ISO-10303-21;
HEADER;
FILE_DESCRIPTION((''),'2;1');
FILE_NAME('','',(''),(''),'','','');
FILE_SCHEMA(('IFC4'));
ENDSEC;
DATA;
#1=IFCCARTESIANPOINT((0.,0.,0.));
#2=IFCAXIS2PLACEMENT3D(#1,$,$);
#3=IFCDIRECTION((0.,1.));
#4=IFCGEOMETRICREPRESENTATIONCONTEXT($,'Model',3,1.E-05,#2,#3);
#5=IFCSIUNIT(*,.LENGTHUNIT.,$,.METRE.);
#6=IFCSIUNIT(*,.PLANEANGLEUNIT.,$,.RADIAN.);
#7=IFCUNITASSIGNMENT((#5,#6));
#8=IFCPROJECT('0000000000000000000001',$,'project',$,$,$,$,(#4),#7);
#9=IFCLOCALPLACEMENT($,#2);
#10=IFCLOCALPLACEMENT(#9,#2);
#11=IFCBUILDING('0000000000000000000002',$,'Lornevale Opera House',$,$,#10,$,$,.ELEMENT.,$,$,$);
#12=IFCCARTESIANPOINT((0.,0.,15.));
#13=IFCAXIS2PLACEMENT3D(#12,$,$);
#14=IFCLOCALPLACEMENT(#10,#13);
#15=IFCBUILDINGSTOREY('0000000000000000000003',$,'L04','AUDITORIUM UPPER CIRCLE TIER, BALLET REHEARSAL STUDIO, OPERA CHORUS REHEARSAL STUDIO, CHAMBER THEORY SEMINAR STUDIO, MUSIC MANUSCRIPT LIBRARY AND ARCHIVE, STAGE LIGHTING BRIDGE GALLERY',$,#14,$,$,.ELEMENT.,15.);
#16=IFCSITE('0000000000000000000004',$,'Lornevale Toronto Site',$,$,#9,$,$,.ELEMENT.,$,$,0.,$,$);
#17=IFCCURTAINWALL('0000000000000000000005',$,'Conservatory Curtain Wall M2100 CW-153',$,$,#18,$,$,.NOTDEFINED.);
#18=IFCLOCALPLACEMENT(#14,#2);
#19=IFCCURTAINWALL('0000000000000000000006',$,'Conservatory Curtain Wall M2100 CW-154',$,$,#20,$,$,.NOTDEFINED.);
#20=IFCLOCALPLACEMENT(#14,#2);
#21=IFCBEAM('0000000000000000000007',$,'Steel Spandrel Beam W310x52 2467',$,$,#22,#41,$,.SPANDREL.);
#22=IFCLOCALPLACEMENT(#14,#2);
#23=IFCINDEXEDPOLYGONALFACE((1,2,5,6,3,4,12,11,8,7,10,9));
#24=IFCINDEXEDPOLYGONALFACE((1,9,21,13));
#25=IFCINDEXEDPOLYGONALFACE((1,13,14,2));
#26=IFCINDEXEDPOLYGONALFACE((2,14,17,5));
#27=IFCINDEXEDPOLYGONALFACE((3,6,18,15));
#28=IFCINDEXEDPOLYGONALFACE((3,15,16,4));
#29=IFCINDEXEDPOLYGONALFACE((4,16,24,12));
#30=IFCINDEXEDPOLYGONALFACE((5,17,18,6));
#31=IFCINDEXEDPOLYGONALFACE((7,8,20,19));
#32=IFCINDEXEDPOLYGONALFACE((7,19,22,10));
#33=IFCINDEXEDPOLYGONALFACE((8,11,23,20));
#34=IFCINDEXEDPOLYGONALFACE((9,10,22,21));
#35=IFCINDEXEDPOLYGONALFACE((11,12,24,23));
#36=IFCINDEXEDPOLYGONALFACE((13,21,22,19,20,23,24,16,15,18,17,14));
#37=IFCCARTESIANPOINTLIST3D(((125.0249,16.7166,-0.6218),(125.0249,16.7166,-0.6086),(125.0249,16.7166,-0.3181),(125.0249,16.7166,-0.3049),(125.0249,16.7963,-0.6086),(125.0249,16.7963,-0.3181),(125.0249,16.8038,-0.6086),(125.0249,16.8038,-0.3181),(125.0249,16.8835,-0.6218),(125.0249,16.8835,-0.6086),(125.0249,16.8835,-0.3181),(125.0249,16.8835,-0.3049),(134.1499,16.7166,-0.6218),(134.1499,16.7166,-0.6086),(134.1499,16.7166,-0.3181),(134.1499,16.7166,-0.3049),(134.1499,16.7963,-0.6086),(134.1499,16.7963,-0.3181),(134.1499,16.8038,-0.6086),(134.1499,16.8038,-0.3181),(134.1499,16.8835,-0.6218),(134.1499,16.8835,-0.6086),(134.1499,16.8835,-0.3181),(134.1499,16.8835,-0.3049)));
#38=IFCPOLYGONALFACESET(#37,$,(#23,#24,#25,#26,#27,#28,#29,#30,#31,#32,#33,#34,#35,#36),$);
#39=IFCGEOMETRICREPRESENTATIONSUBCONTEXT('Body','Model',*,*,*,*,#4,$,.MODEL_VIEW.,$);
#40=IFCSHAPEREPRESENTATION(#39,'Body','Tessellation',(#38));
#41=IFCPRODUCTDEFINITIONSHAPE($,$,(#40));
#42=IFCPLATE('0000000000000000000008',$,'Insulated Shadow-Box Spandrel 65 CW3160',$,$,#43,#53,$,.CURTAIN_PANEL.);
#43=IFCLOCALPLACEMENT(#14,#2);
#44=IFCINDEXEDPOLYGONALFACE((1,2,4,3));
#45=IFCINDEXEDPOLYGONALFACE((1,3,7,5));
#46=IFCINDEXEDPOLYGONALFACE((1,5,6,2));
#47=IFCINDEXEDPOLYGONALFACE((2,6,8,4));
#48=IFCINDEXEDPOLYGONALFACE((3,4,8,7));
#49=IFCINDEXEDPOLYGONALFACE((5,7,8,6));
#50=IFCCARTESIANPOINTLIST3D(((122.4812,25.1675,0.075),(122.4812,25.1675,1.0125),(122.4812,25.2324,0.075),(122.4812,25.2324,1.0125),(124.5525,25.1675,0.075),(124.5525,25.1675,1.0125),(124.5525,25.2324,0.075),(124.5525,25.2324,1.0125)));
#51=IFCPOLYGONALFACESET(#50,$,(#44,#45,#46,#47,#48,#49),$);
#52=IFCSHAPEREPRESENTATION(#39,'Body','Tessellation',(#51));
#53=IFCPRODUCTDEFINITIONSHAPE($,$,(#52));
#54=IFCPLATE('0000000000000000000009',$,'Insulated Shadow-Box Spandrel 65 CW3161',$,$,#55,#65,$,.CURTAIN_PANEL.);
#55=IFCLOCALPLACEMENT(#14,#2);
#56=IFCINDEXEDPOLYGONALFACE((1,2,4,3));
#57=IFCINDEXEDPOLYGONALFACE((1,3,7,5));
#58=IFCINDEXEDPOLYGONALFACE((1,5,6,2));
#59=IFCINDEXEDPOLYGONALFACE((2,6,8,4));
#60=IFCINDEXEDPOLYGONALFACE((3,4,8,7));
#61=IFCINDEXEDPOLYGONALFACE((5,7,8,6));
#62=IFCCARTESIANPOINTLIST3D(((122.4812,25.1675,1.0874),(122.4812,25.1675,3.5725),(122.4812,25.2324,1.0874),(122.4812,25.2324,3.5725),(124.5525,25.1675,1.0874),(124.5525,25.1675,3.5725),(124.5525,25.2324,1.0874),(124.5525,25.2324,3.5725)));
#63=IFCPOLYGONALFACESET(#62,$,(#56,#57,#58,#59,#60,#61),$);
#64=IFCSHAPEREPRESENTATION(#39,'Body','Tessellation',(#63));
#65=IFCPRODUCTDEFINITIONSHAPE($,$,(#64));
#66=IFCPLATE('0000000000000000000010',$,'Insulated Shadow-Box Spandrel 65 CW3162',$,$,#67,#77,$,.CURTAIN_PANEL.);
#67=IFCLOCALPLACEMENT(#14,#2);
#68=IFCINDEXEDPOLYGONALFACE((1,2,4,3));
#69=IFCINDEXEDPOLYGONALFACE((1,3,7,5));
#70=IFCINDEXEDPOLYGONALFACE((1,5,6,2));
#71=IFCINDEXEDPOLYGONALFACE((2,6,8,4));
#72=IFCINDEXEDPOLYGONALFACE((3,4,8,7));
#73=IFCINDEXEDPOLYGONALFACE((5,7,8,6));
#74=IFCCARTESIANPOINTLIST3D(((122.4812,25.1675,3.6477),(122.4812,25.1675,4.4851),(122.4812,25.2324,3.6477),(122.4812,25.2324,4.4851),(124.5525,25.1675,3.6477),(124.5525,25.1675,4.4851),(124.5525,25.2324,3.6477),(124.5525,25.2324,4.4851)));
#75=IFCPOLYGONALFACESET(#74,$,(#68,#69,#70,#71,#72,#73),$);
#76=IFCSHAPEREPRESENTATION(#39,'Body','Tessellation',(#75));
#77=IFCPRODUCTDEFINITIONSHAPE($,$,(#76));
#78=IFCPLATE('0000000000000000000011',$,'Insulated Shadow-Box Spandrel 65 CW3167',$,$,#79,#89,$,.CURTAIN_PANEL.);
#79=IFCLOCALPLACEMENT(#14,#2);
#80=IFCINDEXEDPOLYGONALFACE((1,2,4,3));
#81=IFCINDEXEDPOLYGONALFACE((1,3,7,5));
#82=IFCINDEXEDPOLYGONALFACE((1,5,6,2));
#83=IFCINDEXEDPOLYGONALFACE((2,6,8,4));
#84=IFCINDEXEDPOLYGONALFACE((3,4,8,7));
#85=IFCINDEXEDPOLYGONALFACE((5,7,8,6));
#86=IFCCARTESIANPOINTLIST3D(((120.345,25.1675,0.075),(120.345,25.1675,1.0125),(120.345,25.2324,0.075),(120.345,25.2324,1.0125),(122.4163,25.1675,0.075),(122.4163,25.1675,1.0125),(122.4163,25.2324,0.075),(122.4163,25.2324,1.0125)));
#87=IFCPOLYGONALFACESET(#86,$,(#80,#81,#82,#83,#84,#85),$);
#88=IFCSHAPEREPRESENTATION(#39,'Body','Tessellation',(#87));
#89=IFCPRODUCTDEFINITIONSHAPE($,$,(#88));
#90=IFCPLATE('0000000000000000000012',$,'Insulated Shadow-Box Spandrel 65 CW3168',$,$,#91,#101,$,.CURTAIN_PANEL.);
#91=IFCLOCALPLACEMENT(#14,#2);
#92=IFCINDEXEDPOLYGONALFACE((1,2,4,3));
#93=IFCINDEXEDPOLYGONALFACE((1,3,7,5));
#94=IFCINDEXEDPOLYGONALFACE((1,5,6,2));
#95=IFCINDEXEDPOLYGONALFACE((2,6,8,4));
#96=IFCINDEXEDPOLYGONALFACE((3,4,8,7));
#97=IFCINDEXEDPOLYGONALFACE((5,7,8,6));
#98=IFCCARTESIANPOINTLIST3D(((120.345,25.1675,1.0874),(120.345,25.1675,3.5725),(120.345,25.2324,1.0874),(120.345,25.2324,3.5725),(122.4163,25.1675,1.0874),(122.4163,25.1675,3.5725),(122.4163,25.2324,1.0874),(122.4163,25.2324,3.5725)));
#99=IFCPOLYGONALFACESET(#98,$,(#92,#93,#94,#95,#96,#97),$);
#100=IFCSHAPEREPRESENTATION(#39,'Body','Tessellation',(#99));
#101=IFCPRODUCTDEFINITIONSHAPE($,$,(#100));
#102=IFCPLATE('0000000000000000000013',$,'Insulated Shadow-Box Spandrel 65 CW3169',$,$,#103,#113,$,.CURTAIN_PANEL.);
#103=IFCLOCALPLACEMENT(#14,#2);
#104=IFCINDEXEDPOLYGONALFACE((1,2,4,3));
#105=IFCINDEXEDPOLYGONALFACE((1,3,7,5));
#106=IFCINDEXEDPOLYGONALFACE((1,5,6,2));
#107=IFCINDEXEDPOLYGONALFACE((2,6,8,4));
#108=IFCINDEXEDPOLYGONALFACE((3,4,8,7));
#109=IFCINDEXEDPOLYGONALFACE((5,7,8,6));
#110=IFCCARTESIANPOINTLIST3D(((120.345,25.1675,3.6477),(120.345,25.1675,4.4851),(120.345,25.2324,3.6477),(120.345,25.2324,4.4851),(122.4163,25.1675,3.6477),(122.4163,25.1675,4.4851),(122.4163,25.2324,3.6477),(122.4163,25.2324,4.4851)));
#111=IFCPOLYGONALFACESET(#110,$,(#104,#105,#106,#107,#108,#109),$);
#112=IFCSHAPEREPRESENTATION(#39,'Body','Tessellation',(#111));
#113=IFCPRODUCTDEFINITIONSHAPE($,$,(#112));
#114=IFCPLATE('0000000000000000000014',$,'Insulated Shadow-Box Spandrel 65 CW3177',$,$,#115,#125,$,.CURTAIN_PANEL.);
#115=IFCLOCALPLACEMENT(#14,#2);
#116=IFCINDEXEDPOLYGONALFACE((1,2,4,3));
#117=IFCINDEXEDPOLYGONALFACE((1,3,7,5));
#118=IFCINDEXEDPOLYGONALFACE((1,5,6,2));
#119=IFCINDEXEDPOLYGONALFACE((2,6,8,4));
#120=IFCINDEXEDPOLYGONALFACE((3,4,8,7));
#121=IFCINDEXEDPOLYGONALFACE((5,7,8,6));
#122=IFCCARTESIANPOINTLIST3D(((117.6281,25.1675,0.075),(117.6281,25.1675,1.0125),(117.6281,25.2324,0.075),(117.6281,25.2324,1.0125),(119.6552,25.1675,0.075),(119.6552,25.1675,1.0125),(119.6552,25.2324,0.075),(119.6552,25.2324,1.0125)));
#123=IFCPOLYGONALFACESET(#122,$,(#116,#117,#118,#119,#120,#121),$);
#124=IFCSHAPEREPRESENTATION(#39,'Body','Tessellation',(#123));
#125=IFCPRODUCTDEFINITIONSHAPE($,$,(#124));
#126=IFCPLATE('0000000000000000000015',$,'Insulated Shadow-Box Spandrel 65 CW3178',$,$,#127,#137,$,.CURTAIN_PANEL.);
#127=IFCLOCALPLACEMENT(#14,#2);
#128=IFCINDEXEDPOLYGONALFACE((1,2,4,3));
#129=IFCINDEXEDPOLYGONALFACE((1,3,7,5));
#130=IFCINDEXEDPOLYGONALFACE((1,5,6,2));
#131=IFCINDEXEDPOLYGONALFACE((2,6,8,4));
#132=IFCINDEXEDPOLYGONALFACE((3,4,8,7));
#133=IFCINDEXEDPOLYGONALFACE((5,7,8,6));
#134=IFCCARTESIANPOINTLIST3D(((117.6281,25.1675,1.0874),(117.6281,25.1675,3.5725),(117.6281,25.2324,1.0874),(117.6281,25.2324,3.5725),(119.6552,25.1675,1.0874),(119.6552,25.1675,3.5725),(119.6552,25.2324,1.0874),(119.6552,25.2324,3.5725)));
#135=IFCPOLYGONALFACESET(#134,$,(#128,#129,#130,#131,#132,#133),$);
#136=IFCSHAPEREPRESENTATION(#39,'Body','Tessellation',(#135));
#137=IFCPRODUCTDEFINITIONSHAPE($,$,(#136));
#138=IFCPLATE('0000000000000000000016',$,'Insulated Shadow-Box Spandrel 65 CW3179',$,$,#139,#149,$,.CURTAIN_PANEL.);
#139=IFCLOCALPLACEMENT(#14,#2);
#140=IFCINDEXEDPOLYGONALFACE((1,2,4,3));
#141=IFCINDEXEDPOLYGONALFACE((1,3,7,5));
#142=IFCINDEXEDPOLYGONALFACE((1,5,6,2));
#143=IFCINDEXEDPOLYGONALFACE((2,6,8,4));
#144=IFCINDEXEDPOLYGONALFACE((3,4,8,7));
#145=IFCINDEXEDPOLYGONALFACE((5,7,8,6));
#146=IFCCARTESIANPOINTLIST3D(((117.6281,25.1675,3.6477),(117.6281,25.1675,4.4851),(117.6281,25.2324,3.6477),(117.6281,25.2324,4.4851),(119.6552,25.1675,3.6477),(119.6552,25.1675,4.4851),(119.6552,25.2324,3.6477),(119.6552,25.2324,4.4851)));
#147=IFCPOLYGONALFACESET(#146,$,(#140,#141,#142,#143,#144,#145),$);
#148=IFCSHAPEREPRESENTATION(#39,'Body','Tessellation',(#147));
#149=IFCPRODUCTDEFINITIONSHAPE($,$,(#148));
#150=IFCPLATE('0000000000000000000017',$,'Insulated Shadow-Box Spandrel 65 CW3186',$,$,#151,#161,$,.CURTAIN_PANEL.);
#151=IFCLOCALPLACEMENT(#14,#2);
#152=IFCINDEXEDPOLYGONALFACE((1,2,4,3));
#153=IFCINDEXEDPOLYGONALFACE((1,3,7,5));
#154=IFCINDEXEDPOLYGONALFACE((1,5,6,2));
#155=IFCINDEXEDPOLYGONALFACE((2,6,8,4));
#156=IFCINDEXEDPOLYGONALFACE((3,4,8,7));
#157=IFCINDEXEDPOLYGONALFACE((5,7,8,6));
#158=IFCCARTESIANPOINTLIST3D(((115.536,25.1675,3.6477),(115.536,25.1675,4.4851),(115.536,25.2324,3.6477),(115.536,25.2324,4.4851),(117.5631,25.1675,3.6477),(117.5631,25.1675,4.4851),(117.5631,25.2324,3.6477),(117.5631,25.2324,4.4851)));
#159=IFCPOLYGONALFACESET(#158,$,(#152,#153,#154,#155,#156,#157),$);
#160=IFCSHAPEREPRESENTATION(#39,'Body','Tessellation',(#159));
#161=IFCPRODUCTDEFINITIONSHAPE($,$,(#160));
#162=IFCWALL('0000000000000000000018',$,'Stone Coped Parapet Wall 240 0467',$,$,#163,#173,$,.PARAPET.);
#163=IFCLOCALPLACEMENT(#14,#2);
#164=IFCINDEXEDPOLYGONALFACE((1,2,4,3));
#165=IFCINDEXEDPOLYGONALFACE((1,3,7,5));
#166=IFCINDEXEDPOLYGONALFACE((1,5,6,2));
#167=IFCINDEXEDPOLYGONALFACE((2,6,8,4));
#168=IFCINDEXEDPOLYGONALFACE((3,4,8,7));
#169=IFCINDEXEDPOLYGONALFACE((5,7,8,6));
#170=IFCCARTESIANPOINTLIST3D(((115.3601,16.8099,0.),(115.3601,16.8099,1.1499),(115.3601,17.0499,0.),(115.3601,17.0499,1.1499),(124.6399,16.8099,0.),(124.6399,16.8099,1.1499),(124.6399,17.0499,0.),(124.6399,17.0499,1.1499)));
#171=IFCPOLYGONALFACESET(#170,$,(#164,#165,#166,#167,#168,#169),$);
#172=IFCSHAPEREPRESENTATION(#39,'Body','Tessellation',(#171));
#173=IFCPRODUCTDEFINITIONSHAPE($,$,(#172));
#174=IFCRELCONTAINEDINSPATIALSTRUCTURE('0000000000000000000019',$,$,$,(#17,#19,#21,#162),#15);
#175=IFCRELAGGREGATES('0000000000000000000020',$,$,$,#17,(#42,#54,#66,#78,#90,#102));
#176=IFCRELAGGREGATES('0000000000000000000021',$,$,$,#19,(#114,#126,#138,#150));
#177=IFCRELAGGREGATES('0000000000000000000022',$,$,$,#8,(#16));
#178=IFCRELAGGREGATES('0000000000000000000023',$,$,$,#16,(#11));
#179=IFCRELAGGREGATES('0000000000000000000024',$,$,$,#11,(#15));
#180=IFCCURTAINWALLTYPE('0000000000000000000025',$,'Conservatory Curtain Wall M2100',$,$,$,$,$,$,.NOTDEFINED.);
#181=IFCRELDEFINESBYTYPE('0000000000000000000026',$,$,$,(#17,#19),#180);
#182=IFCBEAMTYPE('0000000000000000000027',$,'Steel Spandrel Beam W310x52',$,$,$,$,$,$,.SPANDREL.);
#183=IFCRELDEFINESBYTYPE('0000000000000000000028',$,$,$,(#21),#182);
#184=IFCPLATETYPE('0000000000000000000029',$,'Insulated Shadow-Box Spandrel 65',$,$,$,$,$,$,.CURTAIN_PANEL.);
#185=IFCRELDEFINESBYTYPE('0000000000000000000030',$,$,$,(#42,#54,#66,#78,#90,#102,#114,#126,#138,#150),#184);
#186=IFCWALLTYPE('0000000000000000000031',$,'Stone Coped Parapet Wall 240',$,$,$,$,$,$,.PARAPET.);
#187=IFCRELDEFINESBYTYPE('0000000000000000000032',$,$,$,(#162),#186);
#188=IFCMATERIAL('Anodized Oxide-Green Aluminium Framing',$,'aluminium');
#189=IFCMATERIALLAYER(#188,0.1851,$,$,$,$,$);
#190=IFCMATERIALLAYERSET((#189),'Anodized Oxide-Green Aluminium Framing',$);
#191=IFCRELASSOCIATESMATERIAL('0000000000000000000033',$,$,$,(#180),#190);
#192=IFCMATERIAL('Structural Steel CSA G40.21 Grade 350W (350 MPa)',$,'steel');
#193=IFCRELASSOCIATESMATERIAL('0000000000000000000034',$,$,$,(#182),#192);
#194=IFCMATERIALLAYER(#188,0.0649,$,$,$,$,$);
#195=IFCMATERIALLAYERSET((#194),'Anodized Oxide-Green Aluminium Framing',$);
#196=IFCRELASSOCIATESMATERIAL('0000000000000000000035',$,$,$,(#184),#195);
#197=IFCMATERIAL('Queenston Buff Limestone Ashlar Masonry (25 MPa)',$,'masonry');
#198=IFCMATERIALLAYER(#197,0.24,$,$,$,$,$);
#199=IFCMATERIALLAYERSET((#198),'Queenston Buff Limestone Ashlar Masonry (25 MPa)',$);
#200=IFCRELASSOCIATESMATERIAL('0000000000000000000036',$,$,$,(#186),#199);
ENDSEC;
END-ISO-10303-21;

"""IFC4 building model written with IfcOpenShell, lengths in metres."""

from ifc_helpers import new_model, si_unit, direction, frame, frame_2d, origin, origin_2d, place, context, subcontext, project, spatial, rectangle, i_section, extrude, material, layer, layer_set, material_profile, profile_set, type_object, element, aggregate, save


model = new_model("IFC4")

# Units and contexts
model_context = context("Model", 3, precision=1e-05, world=origin(), true_north=direction((0.0, 1.0)))
body_context = subcontext(model_context, "Body", "Model", "MODEL_VIEW")
ifc_project = project(units=[si_unit("LENGTHUNIT", "METRE"), si_unit("PLANEANGLEUNIT", "RADIAN")], contexts=[model_context])

# Site, building, storey
site_placement = place(None, origin())
site = spatial("IfcSite", under=ifc_project, at=site_placement, Name="Lornevale Toronto Site", CompositionType="ELEMENT", RefElevation=0.0)
building_placement = place(site_placement, origin())
building = spatial("IfcBuilding", under=site, at=building_placement, Name="Lornevale Opera House", CompositionType="ELEMENT")
storey_placement = place(building_placement, frame((0.0, 0.0, 15.0)))
storey = spatial("IfcBuildingStorey", under=building, at=storey_placement, Name="L04", Description="AUDITORIUM UPPER CIRCLE TIER, BALLET REHEARSAL STUDIO, OPERA CHORUS REHEARSAL STUDIO, CHAMBER THEORY SEMINAR STUDIO, MUSIC MANUSCRIPT LIBRARY AND ARCHIVE, STAGE LIGHTING BRIDGE GALLERY", CompositionType="ELEMENT", Elevation=15.0)

# Curtain walls
ifc_material_1 = material(Name="Anodized Oxide-Green Aluminium Framing", Category="aluminium")
ifc_layer_1 = layer(ifc_material_1, 0.1851)
ifc_layer_set_1 = layer_set([ifc_layer_1], Name="Anodized Oxide-Green Aluminium Framing")
curtain_wall_type = type_object("IfcCurtainWallType", Name="Conservatory Curtain Wall M2100", PredefinedType="NOTDEFINED", material=ifc_layer_set_1)
curtain_wall_1_placement = place(storey_placement, origin())
curtain_wall_1 = element("IfcCurtainWall", 1, at=curtain_wall_1_placement, inside=storey, type_object=curtain_wall_type, Name="Conservatory Curtain Wall M2100 CW-153", PredefinedType="NOTDEFINED")
curtain_wall_2_placement = place(storey_placement, origin())
curtain_wall_2 = element("IfcCurtainWall", 2, at=curtain_wall_2_placement, inside=storey, type_object=curtain_wall_type, Name="Conservatory Curtain Wall M2100 CW-154", PredefinedType="NOTDEFINED")

# Beam
ifc_material_2 = material(Name="Structural Steel CSA G40.21 Grade 350W (350 MPa)", Category="steel")
ifc_material_profile_1 = material_profile(ifc_material_2, i_section(OverallWidth=0.167, OverallDepth=0.3169, WebThickness=0.0076, FlangeThickness=0.0132, at=origin_2d()), Name="W310x52")
ifc_profile_set_1 = profile_set([ifc_material_profile_1], Name="Structural Steel CSA G40.21 Grade 350W (350 MPa)")
beam_type_1 = type_object("IfcBeamType", Name="Steel Spandrel Beam W310x52", PredefinedType="SPANDREL", material=ifc_profile_set_1)
beam_1_placement = place(storey_placement, frame((125.0249, 16.8, -0.4634), z_axis=(1.0, 0.0, 0.0), x_axis=(0.0, 1.0, 0.0)))
element("IfcBeam", 3, at=beam_1_placement, inside=storey, type_object=beam_type_1, Name="Steel Spandrel Beam W310x52 2467", PredefinedType="SPANDREL", context=body_context, shape_type="SweptSolid", body=[
    extrude(i_section(OverallWidth=0.167, OverallDepth=0.3169, WebThickness=0.0076, FlangeThickness=0.0132, at=origin_2d()), origin(), (0.0, 0.0, 1.0), 9.125),
])

# Plates
ifc_layer_2 = layer(ifc_material_1, 0.0649)
ifc_layer_set_2 = layer_set([ifc_layer_2], Name="Anodized Oxide-Green Aluminium Framing")
plate_type = type_object("IfcPlateType", Name="Insulated Shadow-Box Spandrel 65", PredefinedType="CURTAIN_PANEL", material=ifc_layer_set_2)
plate_1_placement = place(storey_placement, frame((123.5168, 25.2, 0.075), z_axis=(0.0, 0.0, 1.0), x_axis=(-1.0, 0.0, 0.0)))
plate_1 = element("IfcPlate", 4, at=plate_1_placement, type_object=plate_type, Name="Insulated Shadow-Box Spandrel 65 CW3160", PredefinedType="CURTAIN_PANEL", context=body_context, shape_type="SweptSolid", body=[
    extrude(rectangle(XDim=2.0713, YDim=0.0649, at=origin_2d()), origin(), (0.0, 0.0, 1.0), 0.9375),
])
plate_2_placement = place(storey_placement, frame((123.5168, 25.2, 1.0874), z_axis=(0.0, 0.0, 1.0), x_axis=(-1.0, 0.0, 0.0)))
plate_2 = element("IfcPlate", 5, at=plate_2_placement, type_object=plate_type, Name="Insulated Shadow-Box Spandrel 65 CW3161", PredefinedType="CURTAIN_PANEL", context=body_context, shape_type="SweptSolid", body=[
    extrude(rectangle(XDim=2.0713, YDim=0.0649, at=origin_2d()), origin(), (0.0, 0.0, 1.0), 2.4851),
])
plate_3_placement = place(storey_placement, frame((123.5168, 25.2, 3.6477), z_axis=(0.0, 0.0, 1.0), x_axis=(-1.0, 0.0, 0.0)))
plate_3 = element("IfcPlate", 6, at=plate_3_placement, type_object=plate_type, Name="Insulated Shadow-Box Spandrel 65 CW3162", PredefinedType="CURTAIN_PANEL", context=body_context, shape_type="SweptSolid", body=[
    extrude(rectangle(XDim=2.0713, YDim=0.0649, at=origin_2d()), origin(), (0.0, 0.0, 1.0), 0.8374),
])
plate_4_placement = place(storey_placement, frame((121.3806, 25.2, 0.075), z_axis=(0.0, 0.0, 1.0), x_axis=(-1.0, 0.0, 0.0)))
plate_4 = element("IfcPlate", 7, at=plate_4_placement, type_object=plate_type, Name="Insulated Shadow-Box Spandrel 65 CW3167", PredefinedType="CURTAIN_PANEL", context=body_context, shape_type="SweptSolid", body=[
    extrude(rectangle(XDim=2.0713, YDim=0.0649, at=origin_2d()), origin(), (0.0, 0.0, 1.0), 0.9375),
])
plate_5_placement = place(storey_placement, frame((121.3806, 25.2, 1.0874), z_axis=(0.0, 0.0, 1.0), x_axis=(-1.0, 0.0, 0.0)))
plate_5 = element("IfcPlate", 8, at=plate_5_placement, type_object=plate_type, Name="Insulated Shadow-Box Spandrel 65 CW3168", PredefinedType="CURTAIN_PANEL", context=body_context, shape_type="SweptSolid", body=[
    extrude(rectangle(XDim=2.0713, YDim=0.0649, at=origin_2d()), origin(), (0.0, 0.0, 1.0), 2.4851),
])
plate_6_placement = place(storey_placement, frame((121.3806, 25.2, 3.6477), z_axis=(0.0, 0.0, 1.0), x_axis=(-1.0, 0.0, 0.0)))
plate_6 = element("IfcPlate", 9, at=plate_6_placement, type_object=plate_type, Name="Insulated Shadow-Box Spandrel 65 CW3169", PredefinedType="CURTAIN_PANEL", context=body_context, shape_type="SweptSolid", body=[
    extrude(rectangle(XDim=2.0713, YDim=0.0649, at=origin_2d()), origin(), (0.0, 0.0, 1.0), 0.8374),
])
aggregate(curtain_wall_1, [plate_1, plate_2, plate_3, plate_4, plate_5, plate_6])
plate_7_placement = place(storey_placement, frame((118.6416, 25.2, 0.075), z_axis=(0.0, 0.0, 1.0), x_axis=(-1.0, 0.0, 0.0)))
plate_7 = element("IfcPlate", 10, at=plate_7_placement, type_object=plate_type, Name="Insulated Shadow-Box Spandrel 65 CW3177", PredefinedType="CURTAIN_PANEL", context=body_context, shape_type="SweptSolid", body=[
    extrude(rectangle(XDim=2.0271, YDim=0.0649, at=origin_2d()), origin(), (0.0, 0.0, 1.0), 0.9375),
])
plate_8_placement = place(storey_placement, frame((118.6416, 25.2, 1.0874), z_axis=(0.0, 0.0, 1.0), x_axis=(-1.0, 0.0, 0.0)))
plate_8 = element("IfcPlate", 11, at=plate_8_placement, type_object=plate_type, Name="Insulated Shadow-Box Spandrel 65 CW3178", PredefinedType="CURTAIN_PANEL", context=body_context, shape_type="SweptSolid", body=[
    extrude(rectangle(XDim=2.0271, YDim=0.0649, at=origin_2d()), origin(), (0.0, 0.0, 1.0), 2.4851),
])
plate_9_placement = place(storey_placement, frame((118.6416, 25.2, 3.6477), z_axis=(0.0, 0.0, 1.0), x_axis=(-1.0, 0.0, 0.0)))
plate_9 = element("IfcPlate", 12, at=plate_9_placement, type_object=plate_type, Name="Insulated Shadow-Box Spandrel 65 CW3179", PredefinedType="CURTAIN_PANEL", context=body_context, shape_type="SweptSolid", body=[
    extrude(rectangle(XDim=2.0271, YDim=0.0649, at=origin_2d()), origin(), (0.0, 0.0, 1.0), 0.8374),
])
plate_10_placement = place(storey_placement, frame((116.5496, 25.2, 3.6477), z_axis=(0.0, 0.0, 1.0), x_axis=(-1.0, 0.0, 0.0)))
plate_10 = element("IfcPlate", 13, at=plate_10_placement, type_object=plate_type, Name="Insulated Shadow-Box Spandrel 65 CW3186", PredefinedType="CURTAIN_PANEL", context=body_context, shape_type="SweptSolid", body=[
    extrude(rectangle(XDim=2.0271, YDim=0.0649, at=origin_2d()), origin(), (0.0, 0.0, 1.0), 0.8374),
])
aggregate(curtain_wall_2, [plate_7, plate_8, plate_9, plate_10])

# Wall
ifc_material_3 = material(Name="Queenston Buff Limestone Ashlar Masonry (25 MPa)", Category="masonry")
ifc_layer_3 = layer(ifc_material_3, 0.24)
ifc_layer_set_3 = layer_set([ifc_layer_3], Name="Queenston Buff Limestone Ashlar Masonry (25 MPa)")
wall_type = type_object("IfcWallType", Name="Stone Coped Parapet Wall 240", PredefinedType="PARAPET", material=ifc_layer_set_3)
wall_placement = place(storey_placement, frame((124.6399, 16.9299, 0.0), z_axis=(0.0, 0.0, 1.0), x_axis=(-1.0, 0.0, 0.0)))
element("IfcWall", 14, at=wall_placement, inside=storey, type_object=wall_type, Name="Stone Coped Parapet Wall 240 0467", PredefinedType="PARAPET", context=body_context, shape_type="SweptSolid", body=[
    extrude(rectangle(XDim=9.2798, YDim=0.24, at=frame_2d((4.6399, 0.0))), origin(), (0.0, 0.0, 1.0), 1.1499),
])

save(model, "model.ifc")
